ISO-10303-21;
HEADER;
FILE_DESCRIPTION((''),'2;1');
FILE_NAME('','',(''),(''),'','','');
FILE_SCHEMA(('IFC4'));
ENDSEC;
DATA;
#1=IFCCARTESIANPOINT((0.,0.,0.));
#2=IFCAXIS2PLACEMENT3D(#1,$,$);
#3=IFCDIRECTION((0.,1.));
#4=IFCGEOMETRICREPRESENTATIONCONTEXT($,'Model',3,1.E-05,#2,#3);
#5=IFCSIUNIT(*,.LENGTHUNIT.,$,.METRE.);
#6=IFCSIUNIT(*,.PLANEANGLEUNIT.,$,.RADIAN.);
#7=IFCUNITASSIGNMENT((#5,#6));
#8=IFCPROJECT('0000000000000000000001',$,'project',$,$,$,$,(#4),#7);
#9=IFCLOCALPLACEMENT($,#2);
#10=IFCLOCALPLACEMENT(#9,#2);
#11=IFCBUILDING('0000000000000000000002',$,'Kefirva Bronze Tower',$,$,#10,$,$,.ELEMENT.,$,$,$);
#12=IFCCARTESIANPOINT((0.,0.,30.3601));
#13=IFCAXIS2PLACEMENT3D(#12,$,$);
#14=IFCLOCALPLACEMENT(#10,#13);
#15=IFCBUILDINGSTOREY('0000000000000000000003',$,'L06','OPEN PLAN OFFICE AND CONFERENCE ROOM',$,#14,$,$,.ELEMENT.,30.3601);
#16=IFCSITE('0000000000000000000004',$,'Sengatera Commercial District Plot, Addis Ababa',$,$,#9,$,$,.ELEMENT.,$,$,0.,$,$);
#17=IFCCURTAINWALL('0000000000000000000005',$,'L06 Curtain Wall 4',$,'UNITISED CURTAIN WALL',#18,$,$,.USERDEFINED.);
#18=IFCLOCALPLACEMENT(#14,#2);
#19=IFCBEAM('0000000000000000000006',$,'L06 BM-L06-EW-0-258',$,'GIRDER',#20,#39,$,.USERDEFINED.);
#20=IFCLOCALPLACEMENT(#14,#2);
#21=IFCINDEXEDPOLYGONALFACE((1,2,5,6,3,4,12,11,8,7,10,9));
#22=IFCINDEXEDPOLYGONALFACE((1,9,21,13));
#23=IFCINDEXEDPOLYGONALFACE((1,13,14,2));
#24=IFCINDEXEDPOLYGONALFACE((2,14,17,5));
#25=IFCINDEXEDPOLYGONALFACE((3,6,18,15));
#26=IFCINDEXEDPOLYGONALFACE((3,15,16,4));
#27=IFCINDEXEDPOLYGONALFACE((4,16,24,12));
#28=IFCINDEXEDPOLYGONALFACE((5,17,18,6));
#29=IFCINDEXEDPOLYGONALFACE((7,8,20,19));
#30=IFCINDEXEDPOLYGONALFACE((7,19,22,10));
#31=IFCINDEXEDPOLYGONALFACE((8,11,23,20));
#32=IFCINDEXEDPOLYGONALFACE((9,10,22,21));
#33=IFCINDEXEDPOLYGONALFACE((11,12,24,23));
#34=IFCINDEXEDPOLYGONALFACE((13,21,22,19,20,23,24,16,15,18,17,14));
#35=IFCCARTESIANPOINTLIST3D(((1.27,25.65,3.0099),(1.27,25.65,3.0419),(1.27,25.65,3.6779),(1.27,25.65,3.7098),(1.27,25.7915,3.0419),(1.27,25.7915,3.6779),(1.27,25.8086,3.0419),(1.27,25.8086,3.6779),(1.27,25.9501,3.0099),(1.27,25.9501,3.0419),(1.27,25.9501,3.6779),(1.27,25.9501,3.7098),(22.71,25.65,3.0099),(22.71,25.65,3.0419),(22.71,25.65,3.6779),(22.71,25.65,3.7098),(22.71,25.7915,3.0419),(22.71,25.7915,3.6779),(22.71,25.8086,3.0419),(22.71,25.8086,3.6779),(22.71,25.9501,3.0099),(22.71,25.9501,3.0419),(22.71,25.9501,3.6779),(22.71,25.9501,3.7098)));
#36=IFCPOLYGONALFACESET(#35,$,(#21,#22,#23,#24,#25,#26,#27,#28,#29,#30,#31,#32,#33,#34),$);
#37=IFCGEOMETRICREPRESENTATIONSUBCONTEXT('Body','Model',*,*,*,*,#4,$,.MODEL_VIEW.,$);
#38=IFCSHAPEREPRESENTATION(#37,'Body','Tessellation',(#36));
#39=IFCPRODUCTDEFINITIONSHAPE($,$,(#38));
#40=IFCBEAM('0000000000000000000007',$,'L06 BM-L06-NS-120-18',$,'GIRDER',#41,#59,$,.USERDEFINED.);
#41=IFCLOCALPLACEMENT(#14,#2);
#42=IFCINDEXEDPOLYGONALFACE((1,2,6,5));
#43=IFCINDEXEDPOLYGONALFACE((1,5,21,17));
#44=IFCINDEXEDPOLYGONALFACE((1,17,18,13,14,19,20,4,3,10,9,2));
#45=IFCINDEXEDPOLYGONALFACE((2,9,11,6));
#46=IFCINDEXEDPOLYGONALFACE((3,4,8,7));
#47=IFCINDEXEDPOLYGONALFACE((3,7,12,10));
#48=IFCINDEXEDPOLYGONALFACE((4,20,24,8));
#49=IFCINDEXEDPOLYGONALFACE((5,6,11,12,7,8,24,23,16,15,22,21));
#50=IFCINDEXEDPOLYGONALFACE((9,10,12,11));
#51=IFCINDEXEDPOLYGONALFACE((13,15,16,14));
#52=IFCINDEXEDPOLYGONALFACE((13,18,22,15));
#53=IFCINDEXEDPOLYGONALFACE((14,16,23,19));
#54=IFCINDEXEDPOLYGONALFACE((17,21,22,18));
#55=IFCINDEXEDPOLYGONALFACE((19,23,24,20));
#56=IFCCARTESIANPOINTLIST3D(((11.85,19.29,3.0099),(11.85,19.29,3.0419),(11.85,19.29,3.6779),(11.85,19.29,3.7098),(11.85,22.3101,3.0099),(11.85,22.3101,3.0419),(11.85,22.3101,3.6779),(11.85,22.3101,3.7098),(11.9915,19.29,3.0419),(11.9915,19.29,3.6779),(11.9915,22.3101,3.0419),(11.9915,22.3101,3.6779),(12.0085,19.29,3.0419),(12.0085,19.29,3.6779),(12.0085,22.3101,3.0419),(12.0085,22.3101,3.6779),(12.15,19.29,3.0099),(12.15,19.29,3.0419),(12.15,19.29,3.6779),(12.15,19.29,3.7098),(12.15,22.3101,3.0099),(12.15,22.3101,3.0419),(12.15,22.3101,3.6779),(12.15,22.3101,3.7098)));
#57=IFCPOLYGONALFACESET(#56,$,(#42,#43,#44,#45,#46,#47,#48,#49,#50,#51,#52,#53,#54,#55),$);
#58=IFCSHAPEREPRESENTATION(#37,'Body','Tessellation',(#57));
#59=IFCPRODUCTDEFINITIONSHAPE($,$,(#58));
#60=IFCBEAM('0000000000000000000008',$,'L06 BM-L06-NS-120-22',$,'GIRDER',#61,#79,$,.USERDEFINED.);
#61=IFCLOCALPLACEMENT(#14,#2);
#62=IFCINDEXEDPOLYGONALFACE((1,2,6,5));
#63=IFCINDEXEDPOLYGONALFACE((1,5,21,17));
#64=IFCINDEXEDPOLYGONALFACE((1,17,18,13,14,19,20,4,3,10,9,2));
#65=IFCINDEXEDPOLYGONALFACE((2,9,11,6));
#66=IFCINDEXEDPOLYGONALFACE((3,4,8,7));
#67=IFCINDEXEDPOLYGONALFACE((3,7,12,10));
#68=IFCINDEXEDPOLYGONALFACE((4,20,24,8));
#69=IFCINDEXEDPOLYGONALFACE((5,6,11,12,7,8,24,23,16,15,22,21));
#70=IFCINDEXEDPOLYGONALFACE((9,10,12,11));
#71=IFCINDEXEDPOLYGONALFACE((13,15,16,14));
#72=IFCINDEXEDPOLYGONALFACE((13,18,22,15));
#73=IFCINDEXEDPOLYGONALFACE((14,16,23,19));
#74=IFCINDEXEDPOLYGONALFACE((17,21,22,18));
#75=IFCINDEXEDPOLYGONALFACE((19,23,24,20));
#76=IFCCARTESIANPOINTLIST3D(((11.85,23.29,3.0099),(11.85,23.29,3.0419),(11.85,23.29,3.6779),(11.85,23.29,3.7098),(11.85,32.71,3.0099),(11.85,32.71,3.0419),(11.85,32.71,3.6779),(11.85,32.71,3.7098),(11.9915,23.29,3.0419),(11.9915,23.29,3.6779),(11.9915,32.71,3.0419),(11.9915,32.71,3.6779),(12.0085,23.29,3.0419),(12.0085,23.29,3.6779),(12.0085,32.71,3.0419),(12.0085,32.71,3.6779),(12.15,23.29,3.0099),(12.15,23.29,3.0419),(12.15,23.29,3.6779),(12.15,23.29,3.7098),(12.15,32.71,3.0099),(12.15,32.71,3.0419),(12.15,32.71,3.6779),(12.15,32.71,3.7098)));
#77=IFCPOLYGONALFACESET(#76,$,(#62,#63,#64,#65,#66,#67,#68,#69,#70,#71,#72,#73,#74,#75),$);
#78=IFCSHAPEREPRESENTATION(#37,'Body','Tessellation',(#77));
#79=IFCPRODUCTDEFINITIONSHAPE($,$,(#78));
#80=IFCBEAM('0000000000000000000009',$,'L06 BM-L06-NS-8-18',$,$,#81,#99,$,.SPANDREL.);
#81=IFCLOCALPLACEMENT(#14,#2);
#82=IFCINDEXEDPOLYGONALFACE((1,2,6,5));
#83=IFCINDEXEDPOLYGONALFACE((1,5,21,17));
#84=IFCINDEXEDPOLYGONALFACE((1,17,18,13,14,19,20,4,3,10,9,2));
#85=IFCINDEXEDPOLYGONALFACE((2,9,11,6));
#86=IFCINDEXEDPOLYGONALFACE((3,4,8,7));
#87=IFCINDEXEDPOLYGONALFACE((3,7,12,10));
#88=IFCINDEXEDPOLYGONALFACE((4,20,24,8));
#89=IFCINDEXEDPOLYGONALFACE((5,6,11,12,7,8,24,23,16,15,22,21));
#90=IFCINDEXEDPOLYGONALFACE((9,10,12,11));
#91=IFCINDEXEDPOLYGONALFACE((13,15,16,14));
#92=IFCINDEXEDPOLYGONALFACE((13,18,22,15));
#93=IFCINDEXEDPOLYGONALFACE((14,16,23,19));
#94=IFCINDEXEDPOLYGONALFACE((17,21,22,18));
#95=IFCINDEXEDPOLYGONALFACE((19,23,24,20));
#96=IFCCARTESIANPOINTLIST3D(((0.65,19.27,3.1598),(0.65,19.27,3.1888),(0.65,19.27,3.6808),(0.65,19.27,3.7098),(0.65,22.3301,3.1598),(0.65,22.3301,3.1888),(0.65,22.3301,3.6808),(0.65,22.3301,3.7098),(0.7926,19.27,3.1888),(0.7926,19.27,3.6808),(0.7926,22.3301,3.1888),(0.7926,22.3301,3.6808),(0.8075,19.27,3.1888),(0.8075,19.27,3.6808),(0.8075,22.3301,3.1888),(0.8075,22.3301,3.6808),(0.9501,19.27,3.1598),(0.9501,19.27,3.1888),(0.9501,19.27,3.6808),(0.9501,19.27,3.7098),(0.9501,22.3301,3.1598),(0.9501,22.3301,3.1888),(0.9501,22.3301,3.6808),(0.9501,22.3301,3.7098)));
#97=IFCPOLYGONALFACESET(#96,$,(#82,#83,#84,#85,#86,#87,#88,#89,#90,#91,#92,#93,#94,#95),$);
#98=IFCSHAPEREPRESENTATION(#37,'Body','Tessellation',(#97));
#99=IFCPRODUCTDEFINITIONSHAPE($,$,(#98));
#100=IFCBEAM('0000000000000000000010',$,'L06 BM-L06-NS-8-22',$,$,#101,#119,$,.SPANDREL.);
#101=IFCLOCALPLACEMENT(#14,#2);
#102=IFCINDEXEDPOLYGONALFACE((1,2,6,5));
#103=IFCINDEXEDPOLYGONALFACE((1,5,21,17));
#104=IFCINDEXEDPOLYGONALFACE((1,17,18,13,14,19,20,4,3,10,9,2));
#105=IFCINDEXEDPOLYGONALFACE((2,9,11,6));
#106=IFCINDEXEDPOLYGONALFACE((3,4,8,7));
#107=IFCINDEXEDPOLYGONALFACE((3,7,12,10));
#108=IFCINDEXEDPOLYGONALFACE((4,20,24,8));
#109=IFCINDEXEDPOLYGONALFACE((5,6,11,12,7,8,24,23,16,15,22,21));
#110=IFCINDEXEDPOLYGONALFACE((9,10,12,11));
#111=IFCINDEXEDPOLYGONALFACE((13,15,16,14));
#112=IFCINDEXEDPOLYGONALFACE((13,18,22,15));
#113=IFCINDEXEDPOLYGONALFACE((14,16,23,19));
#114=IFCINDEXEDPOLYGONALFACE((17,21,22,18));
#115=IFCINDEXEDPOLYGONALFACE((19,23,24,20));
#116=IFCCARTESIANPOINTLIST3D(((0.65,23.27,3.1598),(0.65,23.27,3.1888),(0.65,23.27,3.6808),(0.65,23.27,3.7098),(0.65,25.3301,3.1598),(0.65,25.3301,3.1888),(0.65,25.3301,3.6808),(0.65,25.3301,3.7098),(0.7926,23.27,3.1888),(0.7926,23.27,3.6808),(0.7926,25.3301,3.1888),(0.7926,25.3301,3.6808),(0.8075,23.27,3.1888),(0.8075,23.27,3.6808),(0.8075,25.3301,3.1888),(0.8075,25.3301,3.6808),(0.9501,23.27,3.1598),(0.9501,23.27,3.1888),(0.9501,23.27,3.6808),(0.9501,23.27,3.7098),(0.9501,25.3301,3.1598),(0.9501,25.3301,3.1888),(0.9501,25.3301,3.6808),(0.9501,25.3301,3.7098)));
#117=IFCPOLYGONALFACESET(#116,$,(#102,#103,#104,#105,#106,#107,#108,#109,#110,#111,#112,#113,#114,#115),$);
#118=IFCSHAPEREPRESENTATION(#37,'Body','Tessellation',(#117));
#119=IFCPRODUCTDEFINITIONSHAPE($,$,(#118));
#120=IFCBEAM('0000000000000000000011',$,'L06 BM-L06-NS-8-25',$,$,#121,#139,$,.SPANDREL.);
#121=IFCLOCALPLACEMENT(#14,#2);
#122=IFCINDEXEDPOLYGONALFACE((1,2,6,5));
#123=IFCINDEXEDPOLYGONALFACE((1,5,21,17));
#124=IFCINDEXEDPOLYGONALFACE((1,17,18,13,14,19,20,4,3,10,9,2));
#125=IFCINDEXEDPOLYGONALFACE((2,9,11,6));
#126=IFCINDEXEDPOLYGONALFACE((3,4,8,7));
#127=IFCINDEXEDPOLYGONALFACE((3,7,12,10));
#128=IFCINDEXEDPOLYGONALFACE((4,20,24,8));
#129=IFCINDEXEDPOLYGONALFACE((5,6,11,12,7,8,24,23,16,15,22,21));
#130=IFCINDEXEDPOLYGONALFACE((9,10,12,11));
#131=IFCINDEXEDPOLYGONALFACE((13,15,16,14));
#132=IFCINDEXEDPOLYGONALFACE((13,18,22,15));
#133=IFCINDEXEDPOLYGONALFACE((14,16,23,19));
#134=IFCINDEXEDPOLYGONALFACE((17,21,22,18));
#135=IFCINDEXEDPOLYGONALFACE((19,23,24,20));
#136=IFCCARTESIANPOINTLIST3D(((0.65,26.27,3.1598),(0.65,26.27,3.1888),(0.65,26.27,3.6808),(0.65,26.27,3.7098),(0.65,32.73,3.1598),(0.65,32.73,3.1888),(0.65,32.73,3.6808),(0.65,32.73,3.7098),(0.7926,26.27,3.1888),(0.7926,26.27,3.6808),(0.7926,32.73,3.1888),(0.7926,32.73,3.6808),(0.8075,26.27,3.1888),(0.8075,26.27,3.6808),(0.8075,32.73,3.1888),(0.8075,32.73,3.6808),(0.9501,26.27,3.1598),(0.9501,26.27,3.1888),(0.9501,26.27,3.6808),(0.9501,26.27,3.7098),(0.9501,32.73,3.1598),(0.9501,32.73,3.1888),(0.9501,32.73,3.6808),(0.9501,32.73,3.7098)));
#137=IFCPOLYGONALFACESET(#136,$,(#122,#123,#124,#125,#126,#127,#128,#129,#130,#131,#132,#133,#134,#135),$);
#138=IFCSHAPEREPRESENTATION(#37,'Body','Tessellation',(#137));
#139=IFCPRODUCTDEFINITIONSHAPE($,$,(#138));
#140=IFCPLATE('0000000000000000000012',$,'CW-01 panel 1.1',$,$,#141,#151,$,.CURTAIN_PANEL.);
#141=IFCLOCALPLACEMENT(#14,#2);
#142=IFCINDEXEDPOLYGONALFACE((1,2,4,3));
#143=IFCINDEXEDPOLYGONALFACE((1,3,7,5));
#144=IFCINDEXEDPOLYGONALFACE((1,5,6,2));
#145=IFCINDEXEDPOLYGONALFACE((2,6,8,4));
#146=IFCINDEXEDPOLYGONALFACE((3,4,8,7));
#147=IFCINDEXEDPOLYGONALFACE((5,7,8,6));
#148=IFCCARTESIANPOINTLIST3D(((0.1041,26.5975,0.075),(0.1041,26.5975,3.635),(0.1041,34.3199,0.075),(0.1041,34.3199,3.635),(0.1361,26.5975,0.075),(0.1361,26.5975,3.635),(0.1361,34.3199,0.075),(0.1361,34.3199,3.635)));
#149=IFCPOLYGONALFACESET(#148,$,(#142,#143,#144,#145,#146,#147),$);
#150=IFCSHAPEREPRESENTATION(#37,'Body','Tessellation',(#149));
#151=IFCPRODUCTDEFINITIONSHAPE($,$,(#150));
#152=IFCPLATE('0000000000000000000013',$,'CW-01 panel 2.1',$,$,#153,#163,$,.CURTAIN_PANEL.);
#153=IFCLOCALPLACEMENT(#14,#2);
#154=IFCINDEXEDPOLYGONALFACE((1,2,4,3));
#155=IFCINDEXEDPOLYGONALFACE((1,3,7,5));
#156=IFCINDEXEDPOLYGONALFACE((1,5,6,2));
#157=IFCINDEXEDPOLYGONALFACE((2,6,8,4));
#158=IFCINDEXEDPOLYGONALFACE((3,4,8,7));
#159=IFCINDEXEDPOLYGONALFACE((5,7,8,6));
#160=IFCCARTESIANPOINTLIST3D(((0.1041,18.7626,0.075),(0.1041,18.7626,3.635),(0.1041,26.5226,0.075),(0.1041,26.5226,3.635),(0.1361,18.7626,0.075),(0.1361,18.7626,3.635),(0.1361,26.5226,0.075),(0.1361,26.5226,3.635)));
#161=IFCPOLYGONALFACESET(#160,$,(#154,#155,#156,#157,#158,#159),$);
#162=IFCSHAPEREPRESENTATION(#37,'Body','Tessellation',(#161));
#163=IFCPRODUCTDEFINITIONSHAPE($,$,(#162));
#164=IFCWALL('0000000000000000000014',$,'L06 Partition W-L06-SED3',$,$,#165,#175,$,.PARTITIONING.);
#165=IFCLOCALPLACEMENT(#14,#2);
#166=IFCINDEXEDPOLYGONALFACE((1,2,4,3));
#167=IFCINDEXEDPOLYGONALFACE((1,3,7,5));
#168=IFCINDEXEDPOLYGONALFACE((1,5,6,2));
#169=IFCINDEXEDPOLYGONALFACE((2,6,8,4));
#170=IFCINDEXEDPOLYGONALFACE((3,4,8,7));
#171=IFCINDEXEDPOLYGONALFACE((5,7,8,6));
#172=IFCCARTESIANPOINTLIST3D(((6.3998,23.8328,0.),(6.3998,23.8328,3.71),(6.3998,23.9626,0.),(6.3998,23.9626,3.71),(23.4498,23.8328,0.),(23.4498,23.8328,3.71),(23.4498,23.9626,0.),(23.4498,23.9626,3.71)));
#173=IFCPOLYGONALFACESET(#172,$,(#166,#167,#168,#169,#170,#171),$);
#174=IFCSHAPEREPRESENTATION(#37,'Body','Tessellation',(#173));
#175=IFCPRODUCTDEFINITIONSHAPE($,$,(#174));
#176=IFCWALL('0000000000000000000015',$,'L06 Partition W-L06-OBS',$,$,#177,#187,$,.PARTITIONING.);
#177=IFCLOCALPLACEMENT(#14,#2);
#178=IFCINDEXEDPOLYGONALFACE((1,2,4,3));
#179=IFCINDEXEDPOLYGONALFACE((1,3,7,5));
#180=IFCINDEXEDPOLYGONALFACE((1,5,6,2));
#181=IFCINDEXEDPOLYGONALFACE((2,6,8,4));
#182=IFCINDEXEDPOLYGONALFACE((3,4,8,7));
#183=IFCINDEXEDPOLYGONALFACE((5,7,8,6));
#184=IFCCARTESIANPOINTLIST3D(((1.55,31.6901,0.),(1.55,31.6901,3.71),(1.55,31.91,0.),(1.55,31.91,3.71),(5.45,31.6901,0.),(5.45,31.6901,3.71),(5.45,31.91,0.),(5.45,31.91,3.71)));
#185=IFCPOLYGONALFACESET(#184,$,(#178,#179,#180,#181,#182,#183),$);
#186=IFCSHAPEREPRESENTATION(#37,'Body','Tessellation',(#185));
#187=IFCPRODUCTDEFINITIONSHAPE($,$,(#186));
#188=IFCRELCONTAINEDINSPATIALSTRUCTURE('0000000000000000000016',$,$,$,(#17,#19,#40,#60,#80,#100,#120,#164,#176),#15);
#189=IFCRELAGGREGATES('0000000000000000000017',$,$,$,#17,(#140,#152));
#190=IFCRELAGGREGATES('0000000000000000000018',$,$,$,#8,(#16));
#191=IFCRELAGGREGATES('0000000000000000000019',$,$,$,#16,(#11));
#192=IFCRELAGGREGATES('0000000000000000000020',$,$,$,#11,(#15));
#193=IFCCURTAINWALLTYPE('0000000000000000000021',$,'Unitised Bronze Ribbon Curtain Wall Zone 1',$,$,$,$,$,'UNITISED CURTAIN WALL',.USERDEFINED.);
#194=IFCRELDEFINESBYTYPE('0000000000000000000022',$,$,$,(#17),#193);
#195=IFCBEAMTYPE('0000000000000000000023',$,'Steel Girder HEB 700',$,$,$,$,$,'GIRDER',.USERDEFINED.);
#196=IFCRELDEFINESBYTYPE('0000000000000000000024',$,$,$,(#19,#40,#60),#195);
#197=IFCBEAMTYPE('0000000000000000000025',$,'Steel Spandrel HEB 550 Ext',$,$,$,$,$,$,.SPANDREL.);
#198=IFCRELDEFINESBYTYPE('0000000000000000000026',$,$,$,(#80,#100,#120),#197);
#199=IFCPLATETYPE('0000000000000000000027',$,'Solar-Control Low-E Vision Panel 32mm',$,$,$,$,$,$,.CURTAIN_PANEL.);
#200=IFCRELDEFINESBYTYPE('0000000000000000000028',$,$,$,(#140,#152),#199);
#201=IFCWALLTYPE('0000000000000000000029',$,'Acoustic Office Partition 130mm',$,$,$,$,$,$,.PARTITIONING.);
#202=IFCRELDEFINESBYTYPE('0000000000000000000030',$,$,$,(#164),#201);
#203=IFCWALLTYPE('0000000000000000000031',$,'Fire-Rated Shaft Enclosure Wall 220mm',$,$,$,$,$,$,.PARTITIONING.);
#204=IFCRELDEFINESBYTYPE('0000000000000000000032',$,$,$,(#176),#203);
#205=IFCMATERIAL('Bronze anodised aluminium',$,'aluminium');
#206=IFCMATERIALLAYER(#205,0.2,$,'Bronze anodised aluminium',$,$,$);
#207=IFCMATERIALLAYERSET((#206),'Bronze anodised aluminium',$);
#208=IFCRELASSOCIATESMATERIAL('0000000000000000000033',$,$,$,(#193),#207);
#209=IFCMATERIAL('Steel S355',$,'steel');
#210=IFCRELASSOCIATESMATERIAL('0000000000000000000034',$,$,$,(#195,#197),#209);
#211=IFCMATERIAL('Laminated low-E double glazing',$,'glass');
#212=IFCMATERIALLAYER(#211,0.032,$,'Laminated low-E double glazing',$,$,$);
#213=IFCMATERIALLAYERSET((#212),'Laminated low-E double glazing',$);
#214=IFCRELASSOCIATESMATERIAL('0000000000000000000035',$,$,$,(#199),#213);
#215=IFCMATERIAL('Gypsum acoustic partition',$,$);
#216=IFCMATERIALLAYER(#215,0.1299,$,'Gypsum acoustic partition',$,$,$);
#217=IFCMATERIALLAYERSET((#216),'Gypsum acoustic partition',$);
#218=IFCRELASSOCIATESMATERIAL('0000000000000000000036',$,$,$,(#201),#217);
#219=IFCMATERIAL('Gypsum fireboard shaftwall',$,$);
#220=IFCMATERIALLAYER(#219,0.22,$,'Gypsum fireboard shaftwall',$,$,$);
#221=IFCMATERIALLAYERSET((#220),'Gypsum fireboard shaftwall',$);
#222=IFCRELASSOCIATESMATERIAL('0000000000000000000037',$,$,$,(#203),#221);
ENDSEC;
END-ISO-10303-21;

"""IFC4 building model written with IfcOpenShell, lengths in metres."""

from ifc_helpers import new_model, si_unit, direction, frame, frame_2d, origin, origin_2d, place, context, subcontext, project, spatial, rectangle, i_section, extrude, material, layer, layer_set, material_profile, profile_set, type_object, element, aggregate, save


model = new_model("IFC4")

# Units and contexts
model_context = context("Model", 3, precision=1e-05, world=origin(), true_north=direction((0.0, 1.0)))
body_context = subcontext(model_context, "Body", "Model", "MODEL_VIEW")
ifc_project = project(units=[si_unit("LENGTHUNIT", "METRE"), si_unit("PLANEANGLEUNIT", "RADIAN")], contexts=[model_context])

# Site, building, storey
site_placement = place(None, origin())
site = spatial("IfcSite", under=ifc_project, at=site_placement, Name="Sengatera Commercial District Plot, Addis Ababa", CompositionType="ELEMENT", RefElevation=0.0)
building_placement = place(site_placement, origin())
building = spatial("IfcBuilding", under=site, at=building_placement, Name="Kefirva Bronze Tower", CompositionType="ELEMENT")
storey_placement = place(building_placement, frame((0.0, 0.0, 30.3601)))
storey = spatial("IfcBuildingStorey", under=building, at=storey_placement, Name="L06", Description="OPEN PLAN OFFICE AND CONFERENCE ROOM", CompositionType="ELEMENT", Elevation=30.3601)

# Curtain wall
ifc_material_1 = material(Name="Bronze anodised aluminium", Category="aluminium")
ifc_layer_1 = layer(ifc_material_1, 0.2, Name="Bronze anodised aluminium")
ifc_layer_set_1 = layer_set([ifc_layer_1], Name="Bronze anodised aluminium")
curtain_wall_type = type_object("IfcCurtainWallType", Name="Unitised Bronze Ribbon Curtain Wall Zone 1", ElementType="UNITISED CURTAIN WALL", PredefinedType="USERDEFINED", material=ifc_layer_set_1)
curtain_wall_placement = place(storey_placement, origin())
curtain_wall = element("IfcCurtainWall", 1, at=curtain_wall_placement, inside=storey, type_object=curtain_wall_type, Name="L06 Curtain Wall 4", ObjectType="UNITISED CURTAIN WALL", PredefinedType="USERDEFINED")

# Beams
ifc_material_2 = material(Name="Steel S355", Category="steel")
ifc_material_profile_1 = material_profile(ifc_material_2, i_section(OverallWidth=0.3, OverallDepth=0.7, WebThickness=0.0171, FlangeThickness=0.032, at=origin_2d()), Name="HEB 700")
ifc_profile_set_1 = profile_set([ifc_material_profile_1], Name="Steel S355")
beam_type_1 = type_object("IfcBeamType", Name="Steel Girder HEB 700", ElementType="GIRDER", PredefinedType="USERDEFINED", material=ifc_profile_set_1)
beam_1_placement = place(storey_placement, frame((1.27, 25.8, 3.3599), z_axis=(1.0, 0.0, 0.0), x_axis=(0.0, 1.0, 0.0)))
element("IfcBeam", 2, at=beam_1_placement, inside=storey, type_object=beam_type_1, Name="L06 BM-L06-EW-0-258", ObjectType="GIRDER", PredefinedType="USERDEFINED", context=body_context, shape_type="SweptSolid", body=[
    extrude(i_section(OverallWidth=0.3, OverallDepth=0.7, WebThickness=0.0171, FlangeThickness=0.032, at=origin_2d()), origin(), (0.0, 0.0, 1.0), 21.4399),
])
beam_2_placement = place(storey_placement, frame((12.0, 19.29, 3.3599), z_axis=(0.0, 1.0, 0.0), x_axis=(-1.0, 0.0, 0.0)))
element("IfcBeam", 3, at=beam_2_placement, inside=storey, type_object=beam_type_1, Name="L06 BM-L06-NS-120-18", ObjectType="GIRDER", PredefinedType="USERDEFINED", context=body_context, shape_type="SweptSolid", body=[
    extrude(i_section(OverallWidth=0.3, OverallDepth=0.7, WebThickness=0.0171, FlangeThickness=0.032, at=origin_2d()), origin(), (0.0, 0.0, 1.0), 3.02),
])
beam_3_placement = place(storey_placement, frame((12.0, 23.29, 3.3599), z_axis=(0.0, 1.0, 0.0), x_axis=(-1.0, 0.0, 0.0)))
element("IfcBeam", 4, at=beam_3_placement, inside=storey, type_object=beam_type_1, Name="L06 BM-L06-NS-120-22", ObjectType="GIRDER", PredefinedType="USERDEFINED", context=body_context, shape_type="SweptSolid", body=[
    extrude(i_section(OverallWidth=0.3, OverallDepth=0.7, WebThickness=0.0171, FlangeThickness=0.032, at=origin_2d()), origin(), (0.0, 0.0, 1.0), 9.4199),
])
ifc_material_profile_2 = material_profile(ifc_material_2, i_section(OverallWidth=0.3, OverallDepth=0.55, WebThickness=0.0149, FlangeThickness=0.0291, at=origin_2d()), Name="HEB 550")
ifc_profile_set_2 = profile_set([ifc_material_profile_2], Name="Steel S355")
beam_type_2 = type_object("IfcBeamType", Name="Steel Spandrel HEB 550 Ext", PredefinedType="SPANDREL", material=ifc_profile_set_2)
beam_4_placement = place(storey_placement, frame((0.8, 19.27, 3.4348), z_axis=(0.0, 1.0, 0.0), x_axis=(-1.0, 0.0, 0.0)))
element("IfcBeam", 5, at=beam_4_placement, inside=storey, type_object=beam_type_2, Name="L06 BM-L06-NS-8-18", PredefinedType="SPANDREL", context=body_context, shape_type="SweptSolid", body=[
    extrude(i_section(OverallWidth=0.3, OverallDepth=0.55, WebThickness=0.0149, FlangeThickness=0.0291, at=origin_2d()), origin(), (0.0, 0.0, 1.0), 3.0601),
])
beam_5_placement = place(storey_placement, frame((0.8, 23.27, 3.4348), z_axis=(0.0, 1.0, 0.0), x_axis=(-1.0, 0.0, 0.0)))
element("IfcBeam", 6, at=beam_5_placement, inside=storey, type_object=beam_type_2, Name="L06 BM-L06-NS-8-22", PredefinedType="SPANDREL", context=body_context, shape_type="SweptSolid", body=[
    extrude(i_section(OverallWidth=0.3, OverallDepth=0.55, WebThickness=0.0149, FlangeThickness=0.0291, at=origin_2d()), origin(), (0.0, 0.0, 1.0), 2.0601),
])
beam_6_placement = place(storey_placement, frame((0.8, 26.27, 3.4348), z_axis=(0.0, 1.0, 0.0), x_axis=(-1.0, 0.0, 0.0)))
element("IfcBeam", 7, at=beam_6_placement, inside=storey, type_object=beam_type_2, Name="L06 BM-L06-NS-8-25", PredefinedType="SPANDREL", context=body_context, shape_type="SweptSolid", body=[
    extrude(i_section(OverallWidth=0.3, OverallDepth=0.55, WebThickness=0.0149, FlangeThickness=0.0291, at=origin_2d()), origin(), (0.0, 0.0, 1.0), 6.46),
])

# Plates
ifc_material_3 = material(Name="Laminated low-E double glazing", Category="glass")
ifc_layer_2 = layer(ifc_material_3, 0.032, Name="Laminated low-E double glazing")
ifc_layer_set_2 = layer_set([ifc_layer_2], Name="Laminated low-E double glazing")
plate_type = type_object("IfcPlateType", Name="Solar-Control Low-E Vision Panel 32mm", PredefinedType="CURTAIN_PANEL", material=ifc_layer_set_2)
plate_1_placement = place(storey_placement, frame((0.1201, 30.4587, 0.075), z_axis=(0.0, 0.0, 1.0), x_axis=(0.0, -1.0, 0.0)))
plate_1 = element("IfcPlate", 8, at=plate_1_placement, type_object=plate_type, Name="CW-01 panel 1.1", PredefinedType="CURTAIN_PANEL", context=body_context, shape_type="SweptSolid", body=[
    extrude(rectangle(XDim=7.7224, YDim=0.032, at=origin_2d()), origin(), (0.0, 0.0, 1.0), 3.5601),
])
plate_2_placement = place(storey_placement, frame((0.1201, 22.6426, 0.075), z_axis=(0.0, 0.0, 1.0), x_axis=(0.0, -1.0, 0.0)))
plate_2 = element("IfcPlate", 9, at=plate_2_placement, type_object=plate_type, Name="CW-01 panel 2.1", PredefinedType="CURTAIN_PANEL", context=body_context, shape_type="SweptSolid", body=[
    extrude(rectangle(XDim=7.76, YDim=0.032, at=origin_2d()), origin(), (0.0, 0.0, 1.0), 3.5601),
])
aggregate(curtain_wall, [plate_1, plate_2])

# Walls
ifc_material_4 = material(Name="Gypsum acoustic partition")
ifc_layer_3 = layer(ifc_material_4, 0.1299, Name="Gypsum acoustic partition")
ifc_layer_set_3 = layer_set([ifc_layer_3], Name="Gypsum acoustic partition")
wall_type_1 = type_object("IfcWallType", Name="Acoustic Office Partition 130mm", PredefinedType="PARTITIONING", material=ifc_layer_set_3)
wall_1_placement = place(storey_placement, frame((6.3999, 23.8977, 0.0), z_axis=(0.0, 0.0, 1.0), x_axis=(1.0, 0.0, 0.0)))
element("IfcWall", 10, at=wall_1_placement, inside=storey, type_object=wall_type_1, Name="L06 Partition W-L06-SED3", PredefinedType="PARTITIONING", context=body_context, shape_type="SweptSolid", body=[
    extrude(rectangle(XDim=17.05, YDim=0.1299, at=frame_2d((8.5249, 0.0))), origin(), (0.0, 0.0, 1.0), 3.71),
])
ifc_material_5 = material(Name="Gypsum fireboard shaftwall")
ifc_layer_4 = layer(ifc_material_5, 0.22, Name="Gypsum fireboard shaftwall")
ifc_layer_set_4 = layer_set([ifc_layer_4], Name="Gypsum fireboard shaftwall")
wall_type_2 = type_object("IfcWallType", Name="Fire-Rated Shaft Enclosure Wall 220mm", PredefinedType="PARTITIONING", material=ifc_layer_set_4)
wall_2_placement = place(storey_placement, frame((1.55, 31.8, 0.0), z_axis=(0.0, 0.0, 1.0), x_axis=(1.0, 0.0, 0.0)))
element("IfcWall", 11, at=wall_2_placement, inside=storey, type_object=wall_type_2, Name="L06 Partition W-L06-OBS", PredefinedType="PARTITIONING", context=body_context, shape_type="SweptSolid", body=[
    extrude(rectangle(XDim=3.8999, YDim=0.22, at=frame_2d((1.95, 0.0))), origin(), (0.0, 0.0, 1.0), 3.71),
])

save(model, "model.ifc")
